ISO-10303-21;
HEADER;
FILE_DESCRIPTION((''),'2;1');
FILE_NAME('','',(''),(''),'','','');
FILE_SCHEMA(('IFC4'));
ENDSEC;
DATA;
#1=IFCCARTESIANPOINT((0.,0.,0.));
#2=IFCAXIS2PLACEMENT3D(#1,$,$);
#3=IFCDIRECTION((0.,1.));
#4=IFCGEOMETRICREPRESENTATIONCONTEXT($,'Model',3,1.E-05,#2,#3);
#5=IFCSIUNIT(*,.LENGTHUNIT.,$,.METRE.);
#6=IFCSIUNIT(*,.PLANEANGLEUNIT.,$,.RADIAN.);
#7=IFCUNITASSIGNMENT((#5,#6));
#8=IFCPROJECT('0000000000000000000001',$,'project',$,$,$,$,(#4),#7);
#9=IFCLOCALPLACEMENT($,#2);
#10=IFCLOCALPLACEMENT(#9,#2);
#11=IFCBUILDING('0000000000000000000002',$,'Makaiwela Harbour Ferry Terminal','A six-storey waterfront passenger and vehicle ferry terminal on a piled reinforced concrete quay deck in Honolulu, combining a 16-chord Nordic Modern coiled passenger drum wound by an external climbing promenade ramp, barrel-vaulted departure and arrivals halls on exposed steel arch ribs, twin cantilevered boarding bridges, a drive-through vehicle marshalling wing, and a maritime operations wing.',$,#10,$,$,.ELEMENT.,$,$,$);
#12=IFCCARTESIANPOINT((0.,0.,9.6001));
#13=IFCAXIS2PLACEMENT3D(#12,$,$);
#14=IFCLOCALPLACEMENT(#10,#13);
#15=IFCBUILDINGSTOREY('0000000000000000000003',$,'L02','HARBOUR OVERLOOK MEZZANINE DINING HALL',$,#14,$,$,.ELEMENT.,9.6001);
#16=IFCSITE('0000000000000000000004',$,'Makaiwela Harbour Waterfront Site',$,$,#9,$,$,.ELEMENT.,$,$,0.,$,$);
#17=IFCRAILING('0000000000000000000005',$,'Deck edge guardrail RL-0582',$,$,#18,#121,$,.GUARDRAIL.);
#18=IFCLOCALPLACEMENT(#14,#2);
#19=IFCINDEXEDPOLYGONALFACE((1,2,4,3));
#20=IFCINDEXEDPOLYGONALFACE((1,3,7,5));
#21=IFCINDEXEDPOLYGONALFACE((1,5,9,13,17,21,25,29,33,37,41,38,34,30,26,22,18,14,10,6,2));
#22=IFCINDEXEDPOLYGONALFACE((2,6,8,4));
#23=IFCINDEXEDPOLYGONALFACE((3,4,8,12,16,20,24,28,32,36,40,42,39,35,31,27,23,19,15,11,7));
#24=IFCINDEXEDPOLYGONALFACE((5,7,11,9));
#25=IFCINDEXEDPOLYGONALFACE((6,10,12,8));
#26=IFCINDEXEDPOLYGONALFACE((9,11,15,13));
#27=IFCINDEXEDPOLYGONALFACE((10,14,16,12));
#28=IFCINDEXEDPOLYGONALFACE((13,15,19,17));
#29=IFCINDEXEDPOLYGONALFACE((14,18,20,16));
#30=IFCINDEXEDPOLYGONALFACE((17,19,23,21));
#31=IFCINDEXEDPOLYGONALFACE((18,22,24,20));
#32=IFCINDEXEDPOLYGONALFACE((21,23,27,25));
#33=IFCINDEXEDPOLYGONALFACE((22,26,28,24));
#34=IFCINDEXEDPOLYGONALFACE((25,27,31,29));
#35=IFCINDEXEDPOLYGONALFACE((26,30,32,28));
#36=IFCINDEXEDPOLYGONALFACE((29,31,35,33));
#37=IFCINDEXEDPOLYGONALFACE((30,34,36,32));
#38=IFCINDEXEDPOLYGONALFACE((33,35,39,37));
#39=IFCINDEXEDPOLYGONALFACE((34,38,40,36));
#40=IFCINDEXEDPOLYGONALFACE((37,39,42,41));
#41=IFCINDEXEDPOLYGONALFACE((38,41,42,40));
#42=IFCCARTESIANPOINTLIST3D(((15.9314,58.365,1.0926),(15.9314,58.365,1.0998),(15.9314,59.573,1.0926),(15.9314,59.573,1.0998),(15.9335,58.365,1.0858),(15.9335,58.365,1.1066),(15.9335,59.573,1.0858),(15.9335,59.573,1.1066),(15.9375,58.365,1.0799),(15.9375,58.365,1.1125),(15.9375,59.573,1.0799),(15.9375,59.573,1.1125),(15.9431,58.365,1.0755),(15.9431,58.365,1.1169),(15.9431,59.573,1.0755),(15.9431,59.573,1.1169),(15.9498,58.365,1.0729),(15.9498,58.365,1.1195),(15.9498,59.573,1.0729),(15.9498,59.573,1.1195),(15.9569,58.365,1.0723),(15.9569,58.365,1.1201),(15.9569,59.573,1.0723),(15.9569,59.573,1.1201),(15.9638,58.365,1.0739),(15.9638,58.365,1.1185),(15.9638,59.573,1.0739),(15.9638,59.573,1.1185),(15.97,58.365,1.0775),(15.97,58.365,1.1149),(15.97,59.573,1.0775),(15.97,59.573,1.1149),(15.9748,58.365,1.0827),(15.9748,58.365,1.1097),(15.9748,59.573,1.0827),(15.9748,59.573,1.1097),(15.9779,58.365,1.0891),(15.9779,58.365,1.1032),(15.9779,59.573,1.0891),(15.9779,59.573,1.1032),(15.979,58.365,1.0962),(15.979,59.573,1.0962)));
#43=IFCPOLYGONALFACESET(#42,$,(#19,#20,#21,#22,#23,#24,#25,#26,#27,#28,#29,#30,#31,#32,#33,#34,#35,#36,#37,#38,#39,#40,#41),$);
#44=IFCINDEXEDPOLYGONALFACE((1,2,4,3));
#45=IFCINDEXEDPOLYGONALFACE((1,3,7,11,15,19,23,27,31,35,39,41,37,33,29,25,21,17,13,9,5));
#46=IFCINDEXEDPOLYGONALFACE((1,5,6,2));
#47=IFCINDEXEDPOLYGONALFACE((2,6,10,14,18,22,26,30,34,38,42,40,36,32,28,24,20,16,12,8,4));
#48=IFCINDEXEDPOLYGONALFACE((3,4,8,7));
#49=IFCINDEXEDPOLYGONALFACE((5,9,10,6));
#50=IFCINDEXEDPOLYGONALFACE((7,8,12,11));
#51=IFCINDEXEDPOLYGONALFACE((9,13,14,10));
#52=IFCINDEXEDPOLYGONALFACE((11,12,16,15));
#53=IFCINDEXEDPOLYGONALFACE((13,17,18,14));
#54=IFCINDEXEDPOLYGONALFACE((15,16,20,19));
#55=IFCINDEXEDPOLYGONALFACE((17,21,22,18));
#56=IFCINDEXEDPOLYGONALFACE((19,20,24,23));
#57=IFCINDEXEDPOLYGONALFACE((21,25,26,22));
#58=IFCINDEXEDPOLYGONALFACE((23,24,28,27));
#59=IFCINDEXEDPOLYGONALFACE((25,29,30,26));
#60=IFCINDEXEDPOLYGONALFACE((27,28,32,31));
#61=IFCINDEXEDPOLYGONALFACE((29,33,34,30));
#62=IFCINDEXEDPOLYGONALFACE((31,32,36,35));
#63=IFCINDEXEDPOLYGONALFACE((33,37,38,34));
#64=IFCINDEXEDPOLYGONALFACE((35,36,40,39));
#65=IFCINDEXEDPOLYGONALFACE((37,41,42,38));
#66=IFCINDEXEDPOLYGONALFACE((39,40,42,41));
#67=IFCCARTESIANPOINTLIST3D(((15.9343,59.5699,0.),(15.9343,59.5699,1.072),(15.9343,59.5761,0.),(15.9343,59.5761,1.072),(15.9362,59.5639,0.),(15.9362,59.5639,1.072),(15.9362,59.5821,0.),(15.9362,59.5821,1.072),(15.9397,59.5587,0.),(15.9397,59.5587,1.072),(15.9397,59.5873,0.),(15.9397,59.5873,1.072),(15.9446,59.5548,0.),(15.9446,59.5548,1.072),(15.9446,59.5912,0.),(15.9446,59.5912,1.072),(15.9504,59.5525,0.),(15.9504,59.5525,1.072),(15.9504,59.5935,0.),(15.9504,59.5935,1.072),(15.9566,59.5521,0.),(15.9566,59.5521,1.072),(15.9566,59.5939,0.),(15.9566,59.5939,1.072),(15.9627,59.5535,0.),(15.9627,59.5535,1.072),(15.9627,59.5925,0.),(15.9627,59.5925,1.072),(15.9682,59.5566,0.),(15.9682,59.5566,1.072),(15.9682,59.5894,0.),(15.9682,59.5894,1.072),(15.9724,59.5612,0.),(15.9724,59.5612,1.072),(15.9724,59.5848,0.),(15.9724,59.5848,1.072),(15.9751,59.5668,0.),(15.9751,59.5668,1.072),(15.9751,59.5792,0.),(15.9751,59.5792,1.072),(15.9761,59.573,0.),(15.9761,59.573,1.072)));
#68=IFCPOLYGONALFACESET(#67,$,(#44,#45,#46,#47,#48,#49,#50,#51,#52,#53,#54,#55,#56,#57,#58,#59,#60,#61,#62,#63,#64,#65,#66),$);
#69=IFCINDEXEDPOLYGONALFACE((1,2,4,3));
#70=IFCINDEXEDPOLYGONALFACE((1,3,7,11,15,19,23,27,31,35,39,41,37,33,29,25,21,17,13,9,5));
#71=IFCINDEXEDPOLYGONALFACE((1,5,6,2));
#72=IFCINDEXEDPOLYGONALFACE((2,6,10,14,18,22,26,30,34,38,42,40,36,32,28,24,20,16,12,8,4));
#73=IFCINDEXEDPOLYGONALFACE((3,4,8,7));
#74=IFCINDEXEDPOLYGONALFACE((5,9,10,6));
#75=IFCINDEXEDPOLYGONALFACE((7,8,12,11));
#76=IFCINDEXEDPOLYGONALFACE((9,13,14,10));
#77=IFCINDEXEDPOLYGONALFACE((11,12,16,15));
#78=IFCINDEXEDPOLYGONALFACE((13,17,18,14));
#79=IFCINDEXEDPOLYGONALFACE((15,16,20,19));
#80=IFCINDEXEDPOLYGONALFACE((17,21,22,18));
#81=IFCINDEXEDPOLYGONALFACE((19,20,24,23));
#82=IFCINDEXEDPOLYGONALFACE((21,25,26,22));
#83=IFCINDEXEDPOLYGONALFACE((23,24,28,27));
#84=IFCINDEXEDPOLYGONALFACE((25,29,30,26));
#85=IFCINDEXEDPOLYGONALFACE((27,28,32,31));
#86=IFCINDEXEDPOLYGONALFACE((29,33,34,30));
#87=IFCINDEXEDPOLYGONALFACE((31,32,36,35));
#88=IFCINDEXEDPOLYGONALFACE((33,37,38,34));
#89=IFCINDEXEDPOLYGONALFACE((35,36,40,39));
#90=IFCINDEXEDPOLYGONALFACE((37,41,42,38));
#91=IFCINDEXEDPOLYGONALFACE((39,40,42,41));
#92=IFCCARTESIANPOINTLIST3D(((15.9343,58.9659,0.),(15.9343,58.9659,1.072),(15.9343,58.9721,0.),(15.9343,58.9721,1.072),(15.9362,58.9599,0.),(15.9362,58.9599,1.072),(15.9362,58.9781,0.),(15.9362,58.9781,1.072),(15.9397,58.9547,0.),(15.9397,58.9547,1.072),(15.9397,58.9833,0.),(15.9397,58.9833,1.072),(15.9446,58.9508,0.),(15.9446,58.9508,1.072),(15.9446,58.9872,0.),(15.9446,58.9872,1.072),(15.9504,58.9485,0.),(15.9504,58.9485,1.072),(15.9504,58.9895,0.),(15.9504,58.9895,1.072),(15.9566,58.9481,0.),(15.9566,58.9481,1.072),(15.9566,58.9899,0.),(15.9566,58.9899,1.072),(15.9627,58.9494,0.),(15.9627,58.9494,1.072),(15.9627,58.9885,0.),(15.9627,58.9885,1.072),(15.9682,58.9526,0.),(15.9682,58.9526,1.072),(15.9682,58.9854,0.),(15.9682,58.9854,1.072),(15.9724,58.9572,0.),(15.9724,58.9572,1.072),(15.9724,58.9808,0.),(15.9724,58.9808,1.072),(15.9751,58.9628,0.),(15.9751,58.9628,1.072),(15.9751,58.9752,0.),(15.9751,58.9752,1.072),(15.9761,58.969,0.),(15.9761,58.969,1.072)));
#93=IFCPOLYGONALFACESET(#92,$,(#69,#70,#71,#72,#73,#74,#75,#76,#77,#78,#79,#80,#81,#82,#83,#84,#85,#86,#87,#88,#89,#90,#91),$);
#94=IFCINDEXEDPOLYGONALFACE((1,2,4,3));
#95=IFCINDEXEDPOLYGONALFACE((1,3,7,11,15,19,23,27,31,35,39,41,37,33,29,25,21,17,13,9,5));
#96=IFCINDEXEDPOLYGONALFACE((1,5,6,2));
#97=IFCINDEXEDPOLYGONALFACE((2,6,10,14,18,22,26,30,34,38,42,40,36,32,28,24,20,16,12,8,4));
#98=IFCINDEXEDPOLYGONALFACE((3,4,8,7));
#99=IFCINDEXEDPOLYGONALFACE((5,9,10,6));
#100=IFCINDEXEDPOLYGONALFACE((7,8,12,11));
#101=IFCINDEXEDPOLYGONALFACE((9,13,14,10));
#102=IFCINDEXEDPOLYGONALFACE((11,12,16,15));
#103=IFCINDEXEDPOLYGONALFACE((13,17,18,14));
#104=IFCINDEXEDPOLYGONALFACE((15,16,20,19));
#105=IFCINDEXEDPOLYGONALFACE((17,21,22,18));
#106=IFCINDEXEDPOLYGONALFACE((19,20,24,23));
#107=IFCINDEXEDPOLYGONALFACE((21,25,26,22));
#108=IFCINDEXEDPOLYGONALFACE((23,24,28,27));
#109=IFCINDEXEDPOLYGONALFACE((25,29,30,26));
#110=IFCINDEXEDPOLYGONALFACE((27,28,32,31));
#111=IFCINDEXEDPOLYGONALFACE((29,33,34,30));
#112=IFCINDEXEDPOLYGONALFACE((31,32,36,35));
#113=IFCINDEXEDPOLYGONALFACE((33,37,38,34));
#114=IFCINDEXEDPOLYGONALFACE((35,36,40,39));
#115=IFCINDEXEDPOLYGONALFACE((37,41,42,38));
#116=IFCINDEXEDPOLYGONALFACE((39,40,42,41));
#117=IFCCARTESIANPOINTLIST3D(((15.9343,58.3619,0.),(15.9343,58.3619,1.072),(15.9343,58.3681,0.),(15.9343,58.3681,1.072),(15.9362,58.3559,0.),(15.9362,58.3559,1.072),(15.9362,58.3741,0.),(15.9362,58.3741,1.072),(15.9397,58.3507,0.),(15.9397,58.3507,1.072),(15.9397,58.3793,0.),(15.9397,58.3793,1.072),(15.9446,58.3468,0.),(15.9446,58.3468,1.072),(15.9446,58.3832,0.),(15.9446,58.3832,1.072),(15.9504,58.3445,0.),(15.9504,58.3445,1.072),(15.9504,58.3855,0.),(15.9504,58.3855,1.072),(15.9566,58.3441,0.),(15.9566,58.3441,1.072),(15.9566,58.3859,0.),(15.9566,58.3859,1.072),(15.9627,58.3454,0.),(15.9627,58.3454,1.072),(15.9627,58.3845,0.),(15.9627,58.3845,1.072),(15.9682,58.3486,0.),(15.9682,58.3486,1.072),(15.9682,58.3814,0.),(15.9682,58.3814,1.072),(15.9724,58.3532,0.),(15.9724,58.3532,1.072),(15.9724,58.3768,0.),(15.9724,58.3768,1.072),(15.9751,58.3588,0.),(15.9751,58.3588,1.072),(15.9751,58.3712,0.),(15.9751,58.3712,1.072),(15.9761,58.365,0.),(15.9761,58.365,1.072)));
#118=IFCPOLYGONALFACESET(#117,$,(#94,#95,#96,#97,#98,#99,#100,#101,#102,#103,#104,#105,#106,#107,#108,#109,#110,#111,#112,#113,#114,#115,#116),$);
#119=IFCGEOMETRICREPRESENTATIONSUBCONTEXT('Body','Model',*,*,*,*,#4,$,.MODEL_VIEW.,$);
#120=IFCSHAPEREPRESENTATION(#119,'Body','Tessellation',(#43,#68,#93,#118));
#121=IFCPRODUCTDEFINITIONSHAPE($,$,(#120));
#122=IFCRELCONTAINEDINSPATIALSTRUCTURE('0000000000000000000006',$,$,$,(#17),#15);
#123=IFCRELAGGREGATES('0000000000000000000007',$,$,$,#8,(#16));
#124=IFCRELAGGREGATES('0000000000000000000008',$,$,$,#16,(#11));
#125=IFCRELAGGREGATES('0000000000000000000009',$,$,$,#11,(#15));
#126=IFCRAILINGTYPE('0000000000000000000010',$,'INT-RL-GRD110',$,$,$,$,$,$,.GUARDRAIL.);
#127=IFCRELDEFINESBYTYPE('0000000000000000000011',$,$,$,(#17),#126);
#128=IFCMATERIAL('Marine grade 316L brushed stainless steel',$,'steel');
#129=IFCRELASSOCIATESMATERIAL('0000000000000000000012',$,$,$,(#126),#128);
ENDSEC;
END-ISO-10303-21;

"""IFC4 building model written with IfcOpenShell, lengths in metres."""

from ifc_helpers import new_model, si_unit, direction, frame, origin, origin_2d, place, context, subcontext, project, spatial, circle, extrude, material, type_object, element, save


model = new_model("IFC4")

# Units and contexts
model_context = context("Model", 3, precision=1e-05, world=origin(), true_north=direction((0.0, 1.0)))
body_context = subcontext(model_context, "Body", "Model", "MODEL_VIEW")
ifc_project = project(units=[si_unit("LENGTHUNIT", "METRE"), si_unit("PLANEANGLEUNIT", "RADIAN")], contexts=[model_context])

# Site, building, storey
site_placement = place(None, origin())
site = spatial("IfcSite", under=ifc_project, at=site_placement, Name="Makaiwela Harbour Waterfront Site", CompositionType="ELEMENT", RefElevation=0.0)
building_placement = place(site_placement, origin())
building = spatial("IfcBuilding", under=site, at=building_placement, Name="Makaiwela Harbour Ferry Terminal", Description="A six-storey waterfront passenger and vehicle ferry terminal on a piled reinforced concrete quay deck in Honolulu, combining a 16-chord Nordic Modern coiled passenger drum wound by an external climbing promenade ramp, barrel-vaulted departure and arrivals halls on exposed steel arch ribs, twin cantilevered boarding bridges, a drive-through vehicle marshalling wing, and a maritime operations wing.", CompositionType="ELEMENT")
storey_placement = place(building_placement, frame((0.0, 0.0, 9.6001)))
storey = spatial("IfcBuildingStorey", under=building, at=storey_placement, Name="L02", Description="HARBOUR OVERLOOK MEZZANINE DINING HALL", CompositionType="ELEMENT", Elevation=9.6001)

# Railing
ifc_material_1 = material(Name="Marine grade 316L brushed stainless steel", Category="steel")
railing_type = type_object("IfcRailingType", Name="INT-RL-GRD110", PredefinedType="GUARDRAIL", material=ifc_material_1)
railing_1_placement = place(storey_placement, frame((15.9551, 59.573, 0.0)))
element("IfcRailing", 1, at=railing_1_placement, inside=storey, type_object=railing_type, Name="Deck edge guardrail RL-0582", PredefinedType="GUARDRAIL", context=body_context, shape_type="SweptSolid", body=[
    extrude(circle(Radius=0.0239, at=origin_2d()), frame((0.0, 0.0, 1.0962), z_axis=(0.0, -1.0, 0.0), x_axis=(1.0, 0.0, 0.0)), (0.0, 0.0, 1.0), 1.208),
    extrude(circle(Radius=0.021, at=origin_2d()), origin(), (0.0, 0.0, 1.0), 1.072),
    extrude(circle(Radius=0.021, at=origin_2d()), frame((0.0, -0.604, 0.0)), (0.0, 0.0, 1.0), 1.072),
    extrude(circle(Radius=0.021, at=origin_2d()), frame((0.0, -1.208, 0.0)), (0.0, 0.0, 1.0), 1.072),
])

save(model, "model.ifc")
